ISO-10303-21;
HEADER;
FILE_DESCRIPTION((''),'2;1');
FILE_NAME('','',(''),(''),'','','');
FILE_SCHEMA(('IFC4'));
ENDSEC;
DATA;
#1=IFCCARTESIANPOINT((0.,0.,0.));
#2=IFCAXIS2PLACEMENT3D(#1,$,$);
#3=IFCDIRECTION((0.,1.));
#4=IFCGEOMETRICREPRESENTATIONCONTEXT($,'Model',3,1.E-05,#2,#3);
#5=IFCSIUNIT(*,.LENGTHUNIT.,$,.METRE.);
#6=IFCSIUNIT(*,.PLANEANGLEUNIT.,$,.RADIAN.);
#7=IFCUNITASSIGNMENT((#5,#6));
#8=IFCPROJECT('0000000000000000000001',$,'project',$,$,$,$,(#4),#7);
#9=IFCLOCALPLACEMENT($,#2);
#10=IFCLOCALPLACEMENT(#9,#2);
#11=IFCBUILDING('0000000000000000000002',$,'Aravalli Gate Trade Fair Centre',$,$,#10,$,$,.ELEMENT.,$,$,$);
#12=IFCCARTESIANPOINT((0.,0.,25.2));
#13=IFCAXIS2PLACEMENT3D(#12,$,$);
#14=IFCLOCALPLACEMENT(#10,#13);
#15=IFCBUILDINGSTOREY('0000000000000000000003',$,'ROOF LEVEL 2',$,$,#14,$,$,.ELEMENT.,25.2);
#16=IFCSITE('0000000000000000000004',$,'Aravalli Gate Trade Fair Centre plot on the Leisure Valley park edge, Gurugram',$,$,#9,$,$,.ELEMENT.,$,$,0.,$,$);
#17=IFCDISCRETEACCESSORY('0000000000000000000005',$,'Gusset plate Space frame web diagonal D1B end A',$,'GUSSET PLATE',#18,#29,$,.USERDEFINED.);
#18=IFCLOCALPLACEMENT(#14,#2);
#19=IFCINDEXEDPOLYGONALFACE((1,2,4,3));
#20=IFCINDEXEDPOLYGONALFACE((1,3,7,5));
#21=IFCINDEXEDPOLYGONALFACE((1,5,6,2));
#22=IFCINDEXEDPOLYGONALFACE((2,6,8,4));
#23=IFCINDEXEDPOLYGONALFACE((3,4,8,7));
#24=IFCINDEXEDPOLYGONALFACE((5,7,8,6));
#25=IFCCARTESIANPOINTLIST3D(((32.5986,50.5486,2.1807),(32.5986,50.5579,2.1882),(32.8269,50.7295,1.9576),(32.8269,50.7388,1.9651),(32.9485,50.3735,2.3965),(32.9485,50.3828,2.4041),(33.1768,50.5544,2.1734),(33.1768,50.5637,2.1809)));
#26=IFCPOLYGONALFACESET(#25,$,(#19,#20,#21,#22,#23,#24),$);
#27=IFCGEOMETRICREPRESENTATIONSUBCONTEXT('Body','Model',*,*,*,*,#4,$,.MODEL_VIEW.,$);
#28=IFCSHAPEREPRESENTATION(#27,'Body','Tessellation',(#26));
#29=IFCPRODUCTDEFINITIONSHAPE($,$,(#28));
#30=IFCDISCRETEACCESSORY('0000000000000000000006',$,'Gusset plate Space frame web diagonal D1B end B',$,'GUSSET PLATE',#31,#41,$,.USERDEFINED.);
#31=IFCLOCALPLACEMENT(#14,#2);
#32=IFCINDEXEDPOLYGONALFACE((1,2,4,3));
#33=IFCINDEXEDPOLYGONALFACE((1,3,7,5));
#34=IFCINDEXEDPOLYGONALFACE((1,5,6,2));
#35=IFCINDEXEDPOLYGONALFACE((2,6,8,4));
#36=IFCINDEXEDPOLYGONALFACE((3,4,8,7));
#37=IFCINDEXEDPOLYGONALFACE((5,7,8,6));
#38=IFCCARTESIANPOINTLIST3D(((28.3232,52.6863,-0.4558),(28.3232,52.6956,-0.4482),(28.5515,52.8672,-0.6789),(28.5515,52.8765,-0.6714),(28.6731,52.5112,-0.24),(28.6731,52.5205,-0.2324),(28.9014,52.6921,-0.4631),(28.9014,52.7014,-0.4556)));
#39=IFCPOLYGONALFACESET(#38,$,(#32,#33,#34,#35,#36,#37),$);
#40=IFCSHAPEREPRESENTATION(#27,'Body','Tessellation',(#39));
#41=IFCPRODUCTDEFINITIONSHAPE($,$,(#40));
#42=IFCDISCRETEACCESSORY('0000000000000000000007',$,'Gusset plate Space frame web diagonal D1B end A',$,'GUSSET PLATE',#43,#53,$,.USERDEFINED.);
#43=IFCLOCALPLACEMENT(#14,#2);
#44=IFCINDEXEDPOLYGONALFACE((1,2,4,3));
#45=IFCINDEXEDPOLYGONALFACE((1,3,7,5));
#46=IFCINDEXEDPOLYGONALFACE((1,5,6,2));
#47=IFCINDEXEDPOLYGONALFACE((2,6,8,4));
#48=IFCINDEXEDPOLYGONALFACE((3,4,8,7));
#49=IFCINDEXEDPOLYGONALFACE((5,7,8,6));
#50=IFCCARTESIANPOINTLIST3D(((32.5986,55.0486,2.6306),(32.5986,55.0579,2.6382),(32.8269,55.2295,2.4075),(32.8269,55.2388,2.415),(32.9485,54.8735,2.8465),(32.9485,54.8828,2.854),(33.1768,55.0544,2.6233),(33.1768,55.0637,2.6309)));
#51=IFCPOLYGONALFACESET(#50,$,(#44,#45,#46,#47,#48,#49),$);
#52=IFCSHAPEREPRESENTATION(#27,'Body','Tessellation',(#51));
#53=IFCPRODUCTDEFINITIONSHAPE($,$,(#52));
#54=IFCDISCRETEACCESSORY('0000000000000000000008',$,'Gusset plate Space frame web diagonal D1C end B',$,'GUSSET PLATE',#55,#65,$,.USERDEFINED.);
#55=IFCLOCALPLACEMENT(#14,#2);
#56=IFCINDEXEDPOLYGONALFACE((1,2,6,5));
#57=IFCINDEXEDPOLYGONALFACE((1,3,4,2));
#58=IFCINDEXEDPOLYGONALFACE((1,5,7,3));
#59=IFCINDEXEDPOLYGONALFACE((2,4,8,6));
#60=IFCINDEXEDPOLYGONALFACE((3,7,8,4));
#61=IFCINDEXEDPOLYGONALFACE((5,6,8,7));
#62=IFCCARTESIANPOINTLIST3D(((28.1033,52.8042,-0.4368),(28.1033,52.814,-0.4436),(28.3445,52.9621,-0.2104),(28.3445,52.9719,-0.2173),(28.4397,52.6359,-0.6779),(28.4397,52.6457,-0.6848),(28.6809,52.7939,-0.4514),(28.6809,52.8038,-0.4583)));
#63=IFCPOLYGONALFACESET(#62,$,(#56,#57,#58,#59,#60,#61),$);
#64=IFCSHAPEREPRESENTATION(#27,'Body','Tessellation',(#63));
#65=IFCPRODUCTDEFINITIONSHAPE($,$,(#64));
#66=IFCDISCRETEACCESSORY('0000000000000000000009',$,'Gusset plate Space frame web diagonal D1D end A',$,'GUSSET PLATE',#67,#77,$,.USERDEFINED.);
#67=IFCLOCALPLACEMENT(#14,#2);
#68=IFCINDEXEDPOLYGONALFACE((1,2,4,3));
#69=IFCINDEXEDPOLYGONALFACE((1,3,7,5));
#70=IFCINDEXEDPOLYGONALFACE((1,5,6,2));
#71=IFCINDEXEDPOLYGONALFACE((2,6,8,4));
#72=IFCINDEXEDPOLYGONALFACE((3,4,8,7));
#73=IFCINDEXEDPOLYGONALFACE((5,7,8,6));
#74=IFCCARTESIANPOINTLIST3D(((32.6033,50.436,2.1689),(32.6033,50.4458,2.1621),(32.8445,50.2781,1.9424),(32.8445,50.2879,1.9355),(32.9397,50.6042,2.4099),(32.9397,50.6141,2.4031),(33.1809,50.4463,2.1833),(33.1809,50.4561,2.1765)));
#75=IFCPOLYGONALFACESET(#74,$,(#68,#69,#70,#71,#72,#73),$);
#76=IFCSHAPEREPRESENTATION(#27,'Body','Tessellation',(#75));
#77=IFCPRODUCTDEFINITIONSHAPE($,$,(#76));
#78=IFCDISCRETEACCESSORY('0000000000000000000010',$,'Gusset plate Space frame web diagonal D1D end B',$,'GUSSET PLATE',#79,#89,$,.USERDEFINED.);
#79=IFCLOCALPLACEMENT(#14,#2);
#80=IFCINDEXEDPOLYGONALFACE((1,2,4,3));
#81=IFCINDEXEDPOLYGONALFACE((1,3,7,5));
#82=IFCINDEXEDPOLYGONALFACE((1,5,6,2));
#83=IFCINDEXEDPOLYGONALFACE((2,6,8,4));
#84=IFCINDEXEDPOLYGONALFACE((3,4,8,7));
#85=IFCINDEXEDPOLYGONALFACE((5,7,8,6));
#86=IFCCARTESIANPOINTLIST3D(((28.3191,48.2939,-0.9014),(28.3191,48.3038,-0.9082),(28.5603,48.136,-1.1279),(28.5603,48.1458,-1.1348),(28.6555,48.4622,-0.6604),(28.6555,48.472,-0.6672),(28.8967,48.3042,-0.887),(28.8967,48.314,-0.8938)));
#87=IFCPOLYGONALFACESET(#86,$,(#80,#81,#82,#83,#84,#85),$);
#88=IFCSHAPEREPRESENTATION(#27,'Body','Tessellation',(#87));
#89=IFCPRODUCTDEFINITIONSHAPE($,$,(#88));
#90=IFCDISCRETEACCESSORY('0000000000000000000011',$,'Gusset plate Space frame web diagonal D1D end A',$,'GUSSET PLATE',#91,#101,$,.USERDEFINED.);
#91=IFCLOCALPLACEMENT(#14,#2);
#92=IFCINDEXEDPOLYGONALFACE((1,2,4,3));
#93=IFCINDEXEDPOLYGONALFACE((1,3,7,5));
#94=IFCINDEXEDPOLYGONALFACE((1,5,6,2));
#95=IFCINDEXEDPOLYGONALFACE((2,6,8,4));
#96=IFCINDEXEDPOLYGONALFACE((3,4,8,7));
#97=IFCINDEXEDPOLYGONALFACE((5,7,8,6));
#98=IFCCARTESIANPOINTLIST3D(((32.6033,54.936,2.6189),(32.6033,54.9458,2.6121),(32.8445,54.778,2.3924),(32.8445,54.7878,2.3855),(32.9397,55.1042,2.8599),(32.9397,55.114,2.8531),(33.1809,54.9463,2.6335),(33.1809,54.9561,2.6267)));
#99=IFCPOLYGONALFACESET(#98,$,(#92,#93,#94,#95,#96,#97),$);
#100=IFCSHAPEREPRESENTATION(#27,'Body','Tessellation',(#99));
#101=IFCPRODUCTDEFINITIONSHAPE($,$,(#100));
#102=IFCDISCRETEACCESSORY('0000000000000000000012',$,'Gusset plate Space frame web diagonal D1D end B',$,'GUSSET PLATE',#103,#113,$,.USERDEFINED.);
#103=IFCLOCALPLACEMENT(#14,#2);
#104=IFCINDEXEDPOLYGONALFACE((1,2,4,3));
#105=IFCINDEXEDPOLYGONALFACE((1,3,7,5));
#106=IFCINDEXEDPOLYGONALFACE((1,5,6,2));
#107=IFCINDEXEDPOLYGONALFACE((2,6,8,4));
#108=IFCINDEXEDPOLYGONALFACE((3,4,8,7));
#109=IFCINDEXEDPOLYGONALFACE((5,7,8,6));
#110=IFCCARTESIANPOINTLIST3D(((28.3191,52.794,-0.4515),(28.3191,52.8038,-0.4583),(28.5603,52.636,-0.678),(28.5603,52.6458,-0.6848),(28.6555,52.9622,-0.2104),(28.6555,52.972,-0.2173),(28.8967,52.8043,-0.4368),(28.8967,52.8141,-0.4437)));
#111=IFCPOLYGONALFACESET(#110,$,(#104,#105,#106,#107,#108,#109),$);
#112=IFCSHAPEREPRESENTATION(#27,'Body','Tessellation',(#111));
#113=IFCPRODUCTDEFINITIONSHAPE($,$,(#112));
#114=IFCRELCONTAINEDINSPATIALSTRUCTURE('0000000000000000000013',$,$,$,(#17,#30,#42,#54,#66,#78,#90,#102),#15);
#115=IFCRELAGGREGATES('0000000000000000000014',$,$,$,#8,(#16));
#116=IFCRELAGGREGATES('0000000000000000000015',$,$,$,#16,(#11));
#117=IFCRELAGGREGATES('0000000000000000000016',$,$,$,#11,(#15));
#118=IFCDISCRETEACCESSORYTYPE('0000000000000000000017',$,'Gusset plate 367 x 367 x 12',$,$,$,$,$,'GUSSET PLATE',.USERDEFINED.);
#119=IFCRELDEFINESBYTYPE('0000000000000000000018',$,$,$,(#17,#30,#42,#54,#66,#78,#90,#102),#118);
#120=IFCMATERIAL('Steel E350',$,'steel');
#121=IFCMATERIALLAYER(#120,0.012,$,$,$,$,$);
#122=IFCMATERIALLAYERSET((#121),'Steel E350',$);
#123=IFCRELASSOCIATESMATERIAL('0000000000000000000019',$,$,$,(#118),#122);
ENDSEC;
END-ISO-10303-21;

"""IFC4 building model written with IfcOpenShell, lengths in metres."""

from ifc_helpers import new_model, si_unit, direction, frame, origin, place, context, subcontext, project, spatial, polyline, outline, extrude, material, layer, layer_set, type_object, element, save


model = new_model("IFC4")

# Units and contexts
model_context = context("Model", 3, precision=1e-05, world=origin(), true_north=direction((0.0, 1.0)))
body_context = subcontext(model_context, "Body", "Model", "MODEL_VIEW")
ifc_project = project(units=[si_unit("LENGTHUNIT", "METRE"), si_unit("PLANEANGLEUNIT", "RADIAN")], contexts=[model_context])

# Site, building, storey
site_placement = place(None, origin())
site = spatial("IfcSite", under=ifc_project, at=site_placement, Name="Aravalli Gate Trade Fair Centre plot on the Leisure Valley park edge, Gurugram", CompositionType="ELEMENT", RefElevation=0.0)
building_placement = place(site_placement, origin())
building = spatial("IfcBuilding", under=site, at=building_placement, Name="Aravalli Gate Trade Fair Centre", CompositionType="ELEMENT")
storey_placement = place(building_placement, frame((0.0, 0.0, 25.2)))
storey = spatial("IfcBuildingStorey", under=building, at=storey_placement, Name="ROOF LEVEL 2", CompositionType="ELEMENT", Elevation=25.2)

# Shared definitions
ifc_material = material(Name="Steel E350", Category="steel")

# Discrete accessories
ifc_layer = layer(ifc_material, 0.012)
ifc_layer_set = layer_set([ifc_layer], Name="Steel E350")
discrete_accessory_type = type_object("IfcDiscreteAccessoryType", Name="Gusset plate 367 x 367 x 12", ElementType="GUSSET PLATE", PredefinedType="USERDEFINED", material=ifc_layer_set)
discrete_accessory_1_placement = place(storey_placement, frame((32.5986, 50.5579, 2.1882), z_axis=(0.000107, 0.776736, 0.629826), x_axis=(0.783044, -0.391795, 0.48305)))
element("IfcDiscreteAccessory", 1, at=discrete_accessory_1_placement, inside=storey, type_object=discrete_accessory_type, Name="Gusset plate Space frame web diagonal D1B end A", ObjectType="GUSSET PLATE", PredefinedType="USERDEFINED", context=body_context, shape_type="SweptSolid", body=[
    extrude(outline(polyline([(0.0, 0.0), (0.4468, 0.0), (0.4469, 0.3669), (0.0001, 0.3669), (0.0, 0.0)])), origin(), (0.0, 0.0, -1.0), 0.012),
])
discrete_accessory_2_placement = place(storey_placement, frame((28.6731, 52.5205, -0.2324), z_axis=(0.000107, 0.776736, 0.629826), x_axis=(-0.783044, 0.391795, -0.48305)))
element("IfcDiscreteAccessory", 2, at=discrete_accessory_2_placement, inside=storey, type_object=discrete_accessory_type, Name="Gusset plate Space frame web diagonal D1B end B", ObjectType="GUSSET PLATE", PredefinedType="USERDEFINED", context=body_context, shape_type="SweptSolid", body=[
    extrude(outline(polyline([(0.0, 0.0), (0.4468, 0.0), (0.4467, -0.3669), (-0.0001, -0.3669), (0.0, 0.0)])), origin(), (0.0, 0.0, -1.0), 0.012),
])
discrete_accessory_3_placement = place(storey_placement, frame((32.5986, 55.0579, 2.6382), z_axis=(0.000107, 0.776736, 0.629826), x_axis=(0.783044, -0.391795, 0.48305)))
element("IfcDiscreteAccessory", 3, at=discrete_accessory_3_placement, inside=storey, type_object=discrete_accessory_type, Name="Gusset plate Space frame web diagonal D1B end A", ObjectType="GUSSET PLATE", PredefinedType="USERDEFINED", context=body_context, shape_type="SweptSolid", body=[
    extrude(outline(polyline([(0.0, 0.0), (0.4468, 0.0), (0.4469, 0.3669), (0.0001, 0.3669), (0.0, 0.0)])), origin(), (0.0, 0.0, -1.0), 0.012),
])
discrete_accessory_4_placement = place(storey_placement, frame((28.1033, 52.8042, -0.4368), z_axis=(-0.000049, -0.820141, 0.572161), x_axis=(0.75291, -0.376583, -0.539733)))
element("IfcDiscreteAccessory", 4, at=discrete_accessory_4_placement, inside=storey, type_object=discrete_accessory_type, Name="Gusset plate Space frame web diagonal D1C end B", ObjectType="GUSSET PLATE", PredefinedType="USERDEFINED", context=body_context, shape_type="SweptSolid", body=[
    extrude(outline(polyline([(0.0, 0.0), (0.4468, 0.0), (0.4467, 0.3667), (0.0, 0.3665), (0.0, 0.0)])), origin(), (0.0, 0.0, -1.0), 0.012),
])
discrete_accessory_5_placement = place(storey_placement, frame((32.6033, 50.436, 2.1689), z_axis=(0.000292, -0.820164, 0.572128), x_axis=(0.753132, 0.376566, 0.539435)))
element("IfcDiscreteAccessory", 5, at=discrete_accessory_5_placement, inside=storey, type_object=discrete_accessory_type, Name="Gusset plate Space frame web diagonal D1D end A", ObjectType="GUSSET PLATE", PredefinedType="USERDEFINED", context=body_context, shape_type="SweptSolid", body=[
    extrude(outline(polyline([(0.0, 0.0), (0.4467, 0.0), (0.4467, -0.3667), (0.0, -0.3667), (0.0, 0.0)])), origin(), (0.0, 0.0, -1.0), 0.012),
])
discrete_accessory_6_placement = place(storey_placement, frame((28.6555, 48.4622, -0.6604), z_axis=(0.000292, -0.820164, 0.572128), x_axis=(-0.753132, -0.376566, -0.539435)))
element("IfcDiscreteAccessory", 6, at=discrete_accessory_6_placement, inside=storey, type_object=discrete_accessory_type, Name="Gusset plate Space frame web diagonal D1D end B", ObjectType="GUSSET PLATE", PredefinedType="USERDEFINED", context=body_context, shape_type="SweptSolid", body=[
    extrude(outline(polyline([(0.0, 0.0), (0.4467, 0.0), (0.4467, 0.3667), (0.0, 0.3667), (0.0, 0.0)])), origin(), (0.0, 0.0, -1.0), 0.012),
])
discrete_accessory_7_placement = place(storey_placement, frame((32.6033, 54.936, 2.6189), z_axis=(0.000049, -0.820141, 0.572161), x_axis=(0.753132, 0.376438, 0.539524)))
element("IfcDiscreteAccessory", 7, at=discrete_accessory_7_placement, inside=storey, type_object=discrete_accessory_type, Name="Gusset plate Space frame web diagonal D1D end A", ObjectType="GUSSET PLATE", PredefinedType="USERDEFINED", context=body_context, shape_type="SweptSolid", body=[
    extrude(outline(polyline([(0.0, 0.0), (0.4467, 0.0), (0.4468, -0.3665), (0.0, -0.3667), (0.0, 0.0)])), origin(), (0.0, 0.0, -1.0), 0.012),
])
discrete_accessory_8_placement = place(storey_placement, frame((28.6555, 52.9622, -0.2104), z_axis=(0.000049, -0.820141, 0.572161), x_axis=(-0.753132, -0.376438, -0.539524)))
element("IfcDiscreteAccessory", 8, at=discrete_accessory_8_placement, inside=storey, type_object=discrete_accessory_type, Name="Gusset plate Space frame web diagonal D1D end B", ObjectType="GUSSET PLATE", PredefinedType="USERDEFINED", context=body_context, shape_type="SweptSolid", body=[
    extrude(outline(polyline([(0.0, 0.0), (0.4467, 0.0), (0.4467, 0.3667), (-0.0001, 0.3665), (0.0, 0.0)])), origin(), (0.0, 0.0, -1.0), 0.012),
])

save(model, "model.ifc")
